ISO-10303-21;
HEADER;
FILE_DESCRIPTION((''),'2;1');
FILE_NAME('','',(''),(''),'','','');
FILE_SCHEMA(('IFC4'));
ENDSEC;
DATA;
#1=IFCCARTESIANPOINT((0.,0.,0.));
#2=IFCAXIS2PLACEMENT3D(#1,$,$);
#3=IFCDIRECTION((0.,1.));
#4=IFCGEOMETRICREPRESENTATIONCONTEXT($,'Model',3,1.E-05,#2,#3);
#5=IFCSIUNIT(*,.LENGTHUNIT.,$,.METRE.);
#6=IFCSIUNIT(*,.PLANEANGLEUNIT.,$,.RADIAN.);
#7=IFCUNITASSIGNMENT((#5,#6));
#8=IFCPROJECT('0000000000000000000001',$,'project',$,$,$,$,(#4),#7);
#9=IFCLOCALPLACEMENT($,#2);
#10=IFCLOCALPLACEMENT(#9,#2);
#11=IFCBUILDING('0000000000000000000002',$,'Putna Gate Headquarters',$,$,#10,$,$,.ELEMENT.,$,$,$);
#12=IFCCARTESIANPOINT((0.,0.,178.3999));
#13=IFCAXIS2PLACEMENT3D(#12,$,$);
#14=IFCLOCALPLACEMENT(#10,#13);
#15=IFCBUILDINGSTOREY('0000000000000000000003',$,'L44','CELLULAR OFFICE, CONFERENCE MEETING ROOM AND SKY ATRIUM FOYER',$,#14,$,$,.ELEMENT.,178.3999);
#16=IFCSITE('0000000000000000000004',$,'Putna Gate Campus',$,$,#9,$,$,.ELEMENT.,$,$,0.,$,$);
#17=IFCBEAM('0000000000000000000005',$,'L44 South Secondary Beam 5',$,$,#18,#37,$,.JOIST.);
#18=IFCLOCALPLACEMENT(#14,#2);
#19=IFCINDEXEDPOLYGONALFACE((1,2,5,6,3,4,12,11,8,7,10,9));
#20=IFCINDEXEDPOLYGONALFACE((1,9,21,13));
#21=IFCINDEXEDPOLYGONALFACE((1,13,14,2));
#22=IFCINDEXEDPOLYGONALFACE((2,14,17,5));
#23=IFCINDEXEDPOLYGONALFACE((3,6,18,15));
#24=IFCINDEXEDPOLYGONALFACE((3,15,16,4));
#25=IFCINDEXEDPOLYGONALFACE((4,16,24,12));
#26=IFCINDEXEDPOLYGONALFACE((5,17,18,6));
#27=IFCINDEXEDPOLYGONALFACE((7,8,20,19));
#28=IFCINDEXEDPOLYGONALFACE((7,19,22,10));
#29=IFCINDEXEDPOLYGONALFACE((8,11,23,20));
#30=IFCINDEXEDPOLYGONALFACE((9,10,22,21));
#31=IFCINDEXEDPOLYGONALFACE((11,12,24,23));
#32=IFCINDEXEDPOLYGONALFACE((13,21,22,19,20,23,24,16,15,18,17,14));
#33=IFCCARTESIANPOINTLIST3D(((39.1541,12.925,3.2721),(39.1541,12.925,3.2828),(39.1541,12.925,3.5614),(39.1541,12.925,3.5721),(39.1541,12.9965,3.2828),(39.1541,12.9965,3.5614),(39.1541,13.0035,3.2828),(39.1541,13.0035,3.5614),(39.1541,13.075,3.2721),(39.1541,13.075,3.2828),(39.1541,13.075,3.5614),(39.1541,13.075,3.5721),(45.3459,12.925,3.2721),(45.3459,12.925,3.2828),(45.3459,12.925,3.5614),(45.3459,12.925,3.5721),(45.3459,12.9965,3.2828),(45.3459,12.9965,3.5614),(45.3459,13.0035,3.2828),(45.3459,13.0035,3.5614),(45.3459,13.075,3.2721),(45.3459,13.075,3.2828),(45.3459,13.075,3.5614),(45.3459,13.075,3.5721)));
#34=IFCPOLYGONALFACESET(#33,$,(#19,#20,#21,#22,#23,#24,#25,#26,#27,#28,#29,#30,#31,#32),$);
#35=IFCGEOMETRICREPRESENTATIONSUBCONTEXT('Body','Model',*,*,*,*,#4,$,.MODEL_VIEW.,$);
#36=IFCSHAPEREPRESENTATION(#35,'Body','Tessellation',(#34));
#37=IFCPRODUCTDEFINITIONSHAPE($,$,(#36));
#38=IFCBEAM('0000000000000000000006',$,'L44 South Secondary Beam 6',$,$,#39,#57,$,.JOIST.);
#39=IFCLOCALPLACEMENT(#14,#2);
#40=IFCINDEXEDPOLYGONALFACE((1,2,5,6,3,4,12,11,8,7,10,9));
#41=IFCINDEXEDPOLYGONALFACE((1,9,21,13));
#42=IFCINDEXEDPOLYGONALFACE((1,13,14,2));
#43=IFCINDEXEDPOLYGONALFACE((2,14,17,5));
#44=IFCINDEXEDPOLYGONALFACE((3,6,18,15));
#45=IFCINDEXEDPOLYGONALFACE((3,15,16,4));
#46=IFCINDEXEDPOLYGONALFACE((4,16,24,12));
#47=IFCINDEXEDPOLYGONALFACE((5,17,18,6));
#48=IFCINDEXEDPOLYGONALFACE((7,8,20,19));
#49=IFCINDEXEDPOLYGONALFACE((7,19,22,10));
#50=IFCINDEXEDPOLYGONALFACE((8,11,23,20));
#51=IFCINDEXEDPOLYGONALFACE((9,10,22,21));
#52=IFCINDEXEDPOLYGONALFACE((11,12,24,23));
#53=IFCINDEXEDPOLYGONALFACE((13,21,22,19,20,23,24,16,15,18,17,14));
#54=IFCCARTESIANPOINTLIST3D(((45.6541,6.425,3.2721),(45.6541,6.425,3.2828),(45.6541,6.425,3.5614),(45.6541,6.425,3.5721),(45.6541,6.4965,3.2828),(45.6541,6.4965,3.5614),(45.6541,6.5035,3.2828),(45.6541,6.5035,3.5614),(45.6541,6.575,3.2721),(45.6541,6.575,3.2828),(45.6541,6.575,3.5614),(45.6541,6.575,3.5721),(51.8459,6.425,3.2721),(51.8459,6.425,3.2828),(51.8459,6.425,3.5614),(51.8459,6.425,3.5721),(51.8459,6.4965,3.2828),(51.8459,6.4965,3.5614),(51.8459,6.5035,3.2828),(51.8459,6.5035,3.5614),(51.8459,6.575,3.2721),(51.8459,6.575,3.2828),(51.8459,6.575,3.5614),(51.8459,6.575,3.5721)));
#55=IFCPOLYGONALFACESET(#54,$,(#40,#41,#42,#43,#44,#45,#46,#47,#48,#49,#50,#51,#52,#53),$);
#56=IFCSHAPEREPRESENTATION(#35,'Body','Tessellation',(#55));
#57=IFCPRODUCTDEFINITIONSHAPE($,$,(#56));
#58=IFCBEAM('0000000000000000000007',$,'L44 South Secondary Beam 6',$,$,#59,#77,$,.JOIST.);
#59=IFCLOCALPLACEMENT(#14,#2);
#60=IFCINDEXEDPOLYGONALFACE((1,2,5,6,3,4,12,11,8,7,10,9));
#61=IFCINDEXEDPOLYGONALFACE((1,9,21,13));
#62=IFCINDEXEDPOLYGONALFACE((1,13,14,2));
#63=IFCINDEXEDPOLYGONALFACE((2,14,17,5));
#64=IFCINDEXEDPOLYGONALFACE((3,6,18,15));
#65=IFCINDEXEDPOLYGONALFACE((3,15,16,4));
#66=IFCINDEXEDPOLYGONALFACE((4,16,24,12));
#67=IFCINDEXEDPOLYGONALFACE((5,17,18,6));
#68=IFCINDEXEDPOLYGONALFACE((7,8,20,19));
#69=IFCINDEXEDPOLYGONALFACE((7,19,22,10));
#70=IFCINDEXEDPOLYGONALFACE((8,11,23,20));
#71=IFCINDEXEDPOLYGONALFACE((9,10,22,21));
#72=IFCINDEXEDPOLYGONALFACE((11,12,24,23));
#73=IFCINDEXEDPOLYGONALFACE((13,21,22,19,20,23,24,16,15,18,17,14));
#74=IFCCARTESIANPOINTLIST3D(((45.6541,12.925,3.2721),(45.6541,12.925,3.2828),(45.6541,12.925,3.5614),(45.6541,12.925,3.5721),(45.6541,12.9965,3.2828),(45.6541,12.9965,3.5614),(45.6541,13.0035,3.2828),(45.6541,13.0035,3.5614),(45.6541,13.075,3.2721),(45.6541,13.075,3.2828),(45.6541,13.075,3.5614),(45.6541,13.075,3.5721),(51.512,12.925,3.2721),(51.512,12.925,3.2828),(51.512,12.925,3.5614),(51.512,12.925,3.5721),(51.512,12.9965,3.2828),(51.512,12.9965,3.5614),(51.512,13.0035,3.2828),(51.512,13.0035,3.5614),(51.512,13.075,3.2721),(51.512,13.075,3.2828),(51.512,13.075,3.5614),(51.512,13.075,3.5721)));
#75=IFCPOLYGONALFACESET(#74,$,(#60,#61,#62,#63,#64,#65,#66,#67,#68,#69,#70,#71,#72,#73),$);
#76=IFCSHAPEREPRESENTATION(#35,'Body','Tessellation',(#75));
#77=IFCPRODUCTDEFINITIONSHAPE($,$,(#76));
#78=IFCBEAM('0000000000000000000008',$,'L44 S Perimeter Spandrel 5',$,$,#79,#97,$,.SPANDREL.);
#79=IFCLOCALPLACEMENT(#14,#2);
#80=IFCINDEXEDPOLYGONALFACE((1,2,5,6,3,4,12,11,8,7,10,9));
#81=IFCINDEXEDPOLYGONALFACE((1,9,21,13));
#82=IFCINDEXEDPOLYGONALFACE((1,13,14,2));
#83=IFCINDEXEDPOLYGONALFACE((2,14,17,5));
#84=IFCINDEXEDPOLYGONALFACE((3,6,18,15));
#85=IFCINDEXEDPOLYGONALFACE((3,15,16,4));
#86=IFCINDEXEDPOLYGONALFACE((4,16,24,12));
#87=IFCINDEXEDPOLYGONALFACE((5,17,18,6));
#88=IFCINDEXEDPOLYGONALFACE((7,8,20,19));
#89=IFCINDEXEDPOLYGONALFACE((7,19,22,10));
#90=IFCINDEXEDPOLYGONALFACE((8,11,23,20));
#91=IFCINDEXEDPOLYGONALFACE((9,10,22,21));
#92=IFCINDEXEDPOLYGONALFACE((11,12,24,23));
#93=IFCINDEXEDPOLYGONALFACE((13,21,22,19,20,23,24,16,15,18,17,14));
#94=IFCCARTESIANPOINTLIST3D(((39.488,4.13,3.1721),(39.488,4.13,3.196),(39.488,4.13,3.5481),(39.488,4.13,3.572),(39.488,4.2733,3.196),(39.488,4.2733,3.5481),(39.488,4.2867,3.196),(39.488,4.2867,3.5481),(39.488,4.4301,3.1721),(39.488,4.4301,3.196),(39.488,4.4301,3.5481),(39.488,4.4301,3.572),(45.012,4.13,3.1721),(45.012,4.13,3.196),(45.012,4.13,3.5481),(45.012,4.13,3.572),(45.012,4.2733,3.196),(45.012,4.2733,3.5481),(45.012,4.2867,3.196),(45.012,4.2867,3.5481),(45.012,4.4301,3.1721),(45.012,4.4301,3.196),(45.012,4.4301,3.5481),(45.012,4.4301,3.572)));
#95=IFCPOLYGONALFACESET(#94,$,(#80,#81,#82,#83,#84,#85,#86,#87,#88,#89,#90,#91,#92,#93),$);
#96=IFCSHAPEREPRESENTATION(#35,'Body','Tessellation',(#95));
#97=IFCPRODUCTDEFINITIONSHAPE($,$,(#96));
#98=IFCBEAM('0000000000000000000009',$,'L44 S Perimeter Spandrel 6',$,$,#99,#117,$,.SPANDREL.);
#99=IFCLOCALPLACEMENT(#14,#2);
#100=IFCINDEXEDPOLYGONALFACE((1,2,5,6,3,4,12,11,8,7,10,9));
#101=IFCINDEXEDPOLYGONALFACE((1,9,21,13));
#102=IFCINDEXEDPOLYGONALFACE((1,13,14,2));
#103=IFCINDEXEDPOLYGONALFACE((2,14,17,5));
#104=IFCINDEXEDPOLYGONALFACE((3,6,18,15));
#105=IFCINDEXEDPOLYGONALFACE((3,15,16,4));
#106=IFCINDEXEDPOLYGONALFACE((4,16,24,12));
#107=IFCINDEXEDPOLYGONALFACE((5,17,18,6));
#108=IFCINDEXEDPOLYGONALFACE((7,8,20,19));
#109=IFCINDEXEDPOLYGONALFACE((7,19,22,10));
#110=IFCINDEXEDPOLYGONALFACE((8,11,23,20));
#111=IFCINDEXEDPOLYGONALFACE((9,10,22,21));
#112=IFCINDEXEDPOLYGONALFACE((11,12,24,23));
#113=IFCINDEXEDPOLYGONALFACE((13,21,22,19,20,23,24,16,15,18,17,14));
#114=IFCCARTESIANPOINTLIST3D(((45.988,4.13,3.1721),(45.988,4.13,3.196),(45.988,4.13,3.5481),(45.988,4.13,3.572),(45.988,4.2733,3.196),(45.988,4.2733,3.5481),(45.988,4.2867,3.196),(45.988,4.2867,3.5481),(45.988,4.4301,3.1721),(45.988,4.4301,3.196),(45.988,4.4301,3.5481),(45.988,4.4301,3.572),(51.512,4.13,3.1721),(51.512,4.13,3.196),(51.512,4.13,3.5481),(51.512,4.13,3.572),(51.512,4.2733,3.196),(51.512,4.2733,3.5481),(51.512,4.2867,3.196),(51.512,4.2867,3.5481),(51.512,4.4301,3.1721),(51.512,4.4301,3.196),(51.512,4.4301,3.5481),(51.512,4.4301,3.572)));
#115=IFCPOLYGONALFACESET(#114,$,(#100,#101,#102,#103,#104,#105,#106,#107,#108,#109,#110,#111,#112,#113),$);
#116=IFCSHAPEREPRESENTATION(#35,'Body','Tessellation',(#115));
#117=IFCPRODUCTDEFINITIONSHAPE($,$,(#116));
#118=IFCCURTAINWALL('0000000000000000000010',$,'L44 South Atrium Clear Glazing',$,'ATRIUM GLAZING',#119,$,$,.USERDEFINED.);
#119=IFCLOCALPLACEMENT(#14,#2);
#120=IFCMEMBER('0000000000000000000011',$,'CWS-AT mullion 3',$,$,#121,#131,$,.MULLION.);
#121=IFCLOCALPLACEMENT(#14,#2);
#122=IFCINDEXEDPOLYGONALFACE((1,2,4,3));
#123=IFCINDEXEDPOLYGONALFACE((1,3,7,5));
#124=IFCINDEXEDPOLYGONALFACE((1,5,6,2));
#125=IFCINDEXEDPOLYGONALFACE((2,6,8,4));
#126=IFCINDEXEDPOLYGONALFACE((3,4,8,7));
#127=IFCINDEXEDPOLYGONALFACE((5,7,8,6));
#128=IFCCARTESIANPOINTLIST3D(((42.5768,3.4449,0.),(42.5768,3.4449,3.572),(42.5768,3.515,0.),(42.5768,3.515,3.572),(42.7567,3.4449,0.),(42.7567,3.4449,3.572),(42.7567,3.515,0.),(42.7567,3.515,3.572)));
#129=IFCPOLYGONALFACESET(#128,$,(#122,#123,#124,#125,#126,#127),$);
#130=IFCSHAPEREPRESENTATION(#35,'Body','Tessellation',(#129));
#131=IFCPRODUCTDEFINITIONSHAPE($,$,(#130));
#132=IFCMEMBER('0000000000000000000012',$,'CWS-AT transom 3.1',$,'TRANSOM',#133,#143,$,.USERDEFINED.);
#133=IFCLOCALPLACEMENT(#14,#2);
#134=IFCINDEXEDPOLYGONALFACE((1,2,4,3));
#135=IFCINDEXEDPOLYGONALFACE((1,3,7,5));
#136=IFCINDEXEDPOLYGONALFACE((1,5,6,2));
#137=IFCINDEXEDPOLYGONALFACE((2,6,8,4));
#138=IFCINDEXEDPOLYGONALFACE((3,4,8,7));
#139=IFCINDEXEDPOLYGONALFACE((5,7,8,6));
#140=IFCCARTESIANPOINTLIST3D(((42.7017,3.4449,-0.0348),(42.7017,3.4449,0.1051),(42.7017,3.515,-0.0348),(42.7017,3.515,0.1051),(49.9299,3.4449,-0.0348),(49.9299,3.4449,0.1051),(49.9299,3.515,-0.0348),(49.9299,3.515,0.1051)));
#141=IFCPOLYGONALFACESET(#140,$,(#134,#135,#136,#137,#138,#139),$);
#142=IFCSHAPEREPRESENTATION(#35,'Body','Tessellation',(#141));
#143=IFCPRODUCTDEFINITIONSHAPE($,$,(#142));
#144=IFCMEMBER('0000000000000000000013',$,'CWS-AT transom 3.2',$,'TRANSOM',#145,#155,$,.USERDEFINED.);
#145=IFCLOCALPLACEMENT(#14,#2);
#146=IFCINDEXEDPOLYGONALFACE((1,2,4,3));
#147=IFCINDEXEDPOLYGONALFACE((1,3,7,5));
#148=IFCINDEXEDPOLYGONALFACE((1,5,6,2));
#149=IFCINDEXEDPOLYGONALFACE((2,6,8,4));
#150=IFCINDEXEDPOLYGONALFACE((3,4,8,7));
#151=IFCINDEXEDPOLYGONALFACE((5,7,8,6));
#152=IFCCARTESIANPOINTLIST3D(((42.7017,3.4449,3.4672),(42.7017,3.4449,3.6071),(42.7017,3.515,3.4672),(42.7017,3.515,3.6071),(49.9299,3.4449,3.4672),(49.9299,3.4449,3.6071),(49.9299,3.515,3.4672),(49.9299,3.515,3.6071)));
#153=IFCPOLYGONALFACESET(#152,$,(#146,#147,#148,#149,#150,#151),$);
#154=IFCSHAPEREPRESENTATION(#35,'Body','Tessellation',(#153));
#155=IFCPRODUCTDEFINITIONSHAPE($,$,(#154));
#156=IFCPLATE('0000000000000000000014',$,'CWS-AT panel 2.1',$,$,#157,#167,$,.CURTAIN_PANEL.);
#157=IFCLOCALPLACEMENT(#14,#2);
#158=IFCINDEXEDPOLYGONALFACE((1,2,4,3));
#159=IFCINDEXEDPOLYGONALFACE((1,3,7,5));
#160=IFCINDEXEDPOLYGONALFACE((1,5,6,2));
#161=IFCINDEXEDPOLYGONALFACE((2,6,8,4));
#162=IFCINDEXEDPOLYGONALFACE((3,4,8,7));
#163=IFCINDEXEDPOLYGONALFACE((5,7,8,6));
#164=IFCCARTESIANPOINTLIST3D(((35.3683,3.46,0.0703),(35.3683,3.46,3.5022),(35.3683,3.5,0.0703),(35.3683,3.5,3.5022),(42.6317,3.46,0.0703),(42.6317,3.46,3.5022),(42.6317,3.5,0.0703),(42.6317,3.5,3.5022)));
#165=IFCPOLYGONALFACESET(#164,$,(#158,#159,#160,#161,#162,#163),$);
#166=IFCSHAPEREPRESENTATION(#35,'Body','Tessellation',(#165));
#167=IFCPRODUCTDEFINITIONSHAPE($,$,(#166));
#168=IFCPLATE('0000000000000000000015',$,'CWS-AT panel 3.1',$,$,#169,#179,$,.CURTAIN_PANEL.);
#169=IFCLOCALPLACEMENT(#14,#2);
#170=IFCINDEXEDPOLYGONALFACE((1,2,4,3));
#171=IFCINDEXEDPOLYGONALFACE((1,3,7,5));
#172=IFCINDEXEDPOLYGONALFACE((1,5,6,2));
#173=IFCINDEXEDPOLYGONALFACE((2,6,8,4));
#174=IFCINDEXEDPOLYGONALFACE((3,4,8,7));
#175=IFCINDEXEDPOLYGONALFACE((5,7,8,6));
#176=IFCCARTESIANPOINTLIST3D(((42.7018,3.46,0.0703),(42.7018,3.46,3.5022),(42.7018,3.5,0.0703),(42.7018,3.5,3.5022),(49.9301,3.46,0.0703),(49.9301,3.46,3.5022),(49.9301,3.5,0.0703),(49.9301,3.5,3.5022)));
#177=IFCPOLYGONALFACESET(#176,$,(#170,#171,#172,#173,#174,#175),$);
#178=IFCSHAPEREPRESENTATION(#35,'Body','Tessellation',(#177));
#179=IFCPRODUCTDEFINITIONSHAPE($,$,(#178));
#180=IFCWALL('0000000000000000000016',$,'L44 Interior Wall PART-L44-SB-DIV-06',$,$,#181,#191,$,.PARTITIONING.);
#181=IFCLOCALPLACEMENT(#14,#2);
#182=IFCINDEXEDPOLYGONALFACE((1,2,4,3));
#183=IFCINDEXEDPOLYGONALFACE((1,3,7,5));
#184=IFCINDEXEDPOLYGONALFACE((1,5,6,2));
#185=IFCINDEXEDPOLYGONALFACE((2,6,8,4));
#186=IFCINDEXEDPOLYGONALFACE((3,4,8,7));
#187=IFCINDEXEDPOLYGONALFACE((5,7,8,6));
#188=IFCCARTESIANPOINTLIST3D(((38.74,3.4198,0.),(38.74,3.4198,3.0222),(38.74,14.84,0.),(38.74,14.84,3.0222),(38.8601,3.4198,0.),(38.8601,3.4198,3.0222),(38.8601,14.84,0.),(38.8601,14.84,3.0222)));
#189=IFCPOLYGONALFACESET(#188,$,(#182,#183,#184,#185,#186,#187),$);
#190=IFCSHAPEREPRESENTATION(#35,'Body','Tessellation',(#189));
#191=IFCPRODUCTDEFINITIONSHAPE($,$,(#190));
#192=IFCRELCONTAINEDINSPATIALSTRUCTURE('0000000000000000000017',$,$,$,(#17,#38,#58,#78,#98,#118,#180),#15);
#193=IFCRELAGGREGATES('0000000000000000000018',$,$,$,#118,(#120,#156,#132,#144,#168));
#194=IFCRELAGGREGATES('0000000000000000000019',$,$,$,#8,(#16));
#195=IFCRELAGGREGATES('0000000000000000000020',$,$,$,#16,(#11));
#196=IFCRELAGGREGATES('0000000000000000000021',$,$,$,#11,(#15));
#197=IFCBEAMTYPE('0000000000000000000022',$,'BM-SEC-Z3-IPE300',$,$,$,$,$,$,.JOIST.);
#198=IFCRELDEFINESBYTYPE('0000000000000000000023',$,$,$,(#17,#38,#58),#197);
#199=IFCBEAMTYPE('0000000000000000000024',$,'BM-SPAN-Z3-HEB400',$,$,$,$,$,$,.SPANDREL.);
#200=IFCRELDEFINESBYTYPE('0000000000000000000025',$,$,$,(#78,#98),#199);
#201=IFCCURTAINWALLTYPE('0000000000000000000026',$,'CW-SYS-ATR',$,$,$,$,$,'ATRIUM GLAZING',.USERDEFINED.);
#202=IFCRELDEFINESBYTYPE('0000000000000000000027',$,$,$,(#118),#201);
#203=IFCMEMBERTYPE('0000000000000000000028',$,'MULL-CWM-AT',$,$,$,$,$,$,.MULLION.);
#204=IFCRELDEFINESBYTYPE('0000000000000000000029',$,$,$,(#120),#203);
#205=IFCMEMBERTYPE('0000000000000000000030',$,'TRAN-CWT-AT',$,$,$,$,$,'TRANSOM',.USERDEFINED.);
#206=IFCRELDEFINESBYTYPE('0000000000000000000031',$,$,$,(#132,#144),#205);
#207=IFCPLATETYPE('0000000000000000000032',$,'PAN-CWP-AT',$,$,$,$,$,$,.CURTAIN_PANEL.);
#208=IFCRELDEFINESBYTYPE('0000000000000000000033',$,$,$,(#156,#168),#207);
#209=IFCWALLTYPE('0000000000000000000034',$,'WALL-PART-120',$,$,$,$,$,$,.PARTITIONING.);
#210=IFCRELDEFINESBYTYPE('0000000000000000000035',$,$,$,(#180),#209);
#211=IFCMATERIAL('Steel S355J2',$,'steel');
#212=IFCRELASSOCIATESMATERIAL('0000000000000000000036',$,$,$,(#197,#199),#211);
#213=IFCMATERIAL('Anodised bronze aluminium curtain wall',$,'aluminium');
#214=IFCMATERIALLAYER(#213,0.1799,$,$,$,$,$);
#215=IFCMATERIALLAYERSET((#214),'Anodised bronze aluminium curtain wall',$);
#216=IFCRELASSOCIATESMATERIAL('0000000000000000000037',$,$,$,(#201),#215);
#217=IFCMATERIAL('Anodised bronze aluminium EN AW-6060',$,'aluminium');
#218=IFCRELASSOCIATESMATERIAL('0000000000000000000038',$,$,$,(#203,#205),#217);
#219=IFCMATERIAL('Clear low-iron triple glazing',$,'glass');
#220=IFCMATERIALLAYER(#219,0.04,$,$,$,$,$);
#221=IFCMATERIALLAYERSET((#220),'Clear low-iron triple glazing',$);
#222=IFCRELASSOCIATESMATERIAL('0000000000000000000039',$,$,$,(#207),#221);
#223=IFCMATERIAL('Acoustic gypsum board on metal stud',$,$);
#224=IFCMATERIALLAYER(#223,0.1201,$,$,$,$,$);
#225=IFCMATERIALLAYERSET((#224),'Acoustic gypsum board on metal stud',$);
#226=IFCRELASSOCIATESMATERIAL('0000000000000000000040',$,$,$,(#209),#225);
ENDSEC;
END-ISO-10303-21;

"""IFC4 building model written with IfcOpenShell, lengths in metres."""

from ifc_helpers import new_model, si_unit, direction, frame, frame_2d, origin, origin_2d, place, context, subcontext, project, spatial, rectangle, i_section, extrude, material, layer, layer_set, material_profile, profile_set, type_object, element, aggregate, save


model = new_model("IFC4")

# Units and contexts
model_context = context("Model", 3, precision=1e-05, world=origin(), true_north=direction((0.0, 1.0)))
body_context = subcontext(model_context, "Body", "Model", "MODEL_VIEW")
ifc_project = project(units=[si_unit("LENGTHUNIT", "METRE"), si_unit("PLANEANGLEUNIT", "RADIAN")], contexts=[model_context])

# Site, building, storey
site_placement = place(None, origin())
site = spatial("IfcSite", under=ifc_project, at=site_placement, Name="Putna Gate Campus", CompositionType="ELEMENT", RefElevation=0.0)
building_placement = place(site_placement, origin())
building = spatial("IfcBuilding", under=site, at=building_placement, Name="Putna Gate Headquarters", CompositionType="ELEMENT")
storey_placement = place(building_placement, frame((0.0, 0.0, 178.3999)))
storey = spatial("IfcBuildingStorey", under=building, at=storey_placement, Name="L44", Description="CELLULAR OFFICE, CONFERENCE MEETING ROOM AND SKY ATRIUM FOYER", CompositionType="ELEMENT", Elevation=178.3999)

# Beams
ifc_material_1 = material(Name="Steel S355J2", Category="steel")
ifc_material_profile_1 = material_profile(ifc_material_1, i_section(OverallWidth=0.1499, OverallDepth=0.3, WebThickness=0.0071, FlangeThickness=0.0107, at=origin_2d()), Name="Steel S355J2")
ifc_profile_set_1 = profile_set([ifc_material_profile_1], Name="Steel S355J2")
beam_type_1 = type_object("IfcBeamType", Name="BM-SEC-Z3-IPE300", PredefinedType="JOIST", material=ifc_profile_set_1)
for number, where, z_axis, x_axis, name in (
    (1, (39.1541, 13.0, 3.4221), (1.0, 0.0, 0.0), (0.0, 1.0, 0.0), "L44 South Secondary Beam 5"),
    (2, (45.6541, 6.5, 3.4221), (1.0, 0.0, 0.0), (0.0, 1.0, 0.0), "L44 South Secondary Beam 6"),
):
    element("IfcBeam", number, at=place(storey_placement, frame(where, z_axis=z_axis, x_axis=x_axis)), inside=storey, type_object=beam_type_1, Name=name, PredefinedType="JOIST", context=body_context, shape_type="SweptSolid", body=[
        extrude(i_section(OverallWidth=0.1499, OverallDepth=0.3, WebThickness=0.0071, FlangeThickness=0.0107, at=origin_2d()), origin(), (0.0, 0.0, 1.0), 6.1919),
    ])
beam_1_placement = place(storey_placement, frame((45.6541, 13.0, 3.4221), z_axis=(1.0, 0.0, 0.0), x_axis=(0.0, 1.0, 0.0)))
element("IfcBeam", 3, at=beam_1_placement, inside=storey, type_object=beam_type_1, Name="L44 South Secondary Beam 6", PredefinedType="JOIST", context=body_context, shape_type="SweptSolid", body=[
    extrude(i_section(OverallWidth=0.1499, OverallDepth=0.3, WebThickness=0.0071, FlangeThickness=0.0107, at=origin_2d()), origin(), (0.0, 0.0, 1.0), 5.8579),
])
ifc_material_profile_2 = material_profile(ifc_material_1, i_section(OverallWidth=0.3, OverallDepth=0.3999, WebThickness=0.0134, FlangeThickness=0.0239, at=origin_2d()), Name="Steel S355J2")
ifc_profile_set_2 = profile_set([ifc_material_profile_2], Name="Steel S355J2")
beam_type_2 = type_object("IfcBeamType", Name="BM-SPAN-Z3-HEB400", PredefinedType="SPANDREL", material=ifc_profile_set_2)
for number, where, z_axis, x_axis, name in (
    (4, (39.488, 4.28, 3.3721), (1.0, 0.0, 0.0), (0.0, 1.0, 0.0), "L44 S Perimeter Spandrel 5"),
    (5, (45.988, 4.28, 3.3721), (1.0, 0.0, 0.0), (0.0, 1.0, 0.0), "L44 S Perimeter Spandrel 6"),
):
    element("IfcBeam", number, at=place(storey_placement, frame(where, z_axis=z_axis, x_axis=x_axis)), inside=storey, type_object=beam_type_2, Name=name, PredefinedType="SPANDREL", context=body_context, shape_type="SweptSolid", body=[
        extrude(i_section(OverallWidth=0.3, OverallDepth=0.3999, WebThickness=0.0134, FlangeThickness=0.0239, at=origin_2d()), origin(), (0.0, 0.0, 1.0), 5.5239),
    ])

# Curtain wall, members, plates
ifc_material_2 = material(Name="Anodised bronze aluminium curtain wall", Category="aluminium")
ifc_layer_1 = layer(ifc_material_2, 0.1799)
ifc_layer_set_1 = layer_set([ifc_layer_1], Name="Anodised bronze aluminium curtain wall")
curtain_wall_type = type_object("IfcCurtainWallType", Name="CW-SYS-ATR", ElementType="ATRIUM GLAZING", PredefinedType="USERDEFINED", material=ifc_layer_set_1)
curtain_wall_placement = place(storey_placement, origin())
curtain_wall = element("IfcCurtainWall", 6, at=curtain_wall_placement, inside=storey, type_object=curtain_wall_type, Name="L44 South Atrium Clear Glazing", ObjectType="ATRIUM GLAZING", PredefinedType="USERDEFINED")
ifc_material_3 = material(Name="Anodised bronze aluminium EN AW-6060", Category="aluminium")
ifc_material_profile_3 = material_profile(ifc_material_3, rectangle(XDim=0.0701, YDim=0.1799, at=origin_2d()), Name="Anodised bronze aluminium EN AW-6060")
ifc_profile_set_3 = profile_set([ifc_material_profile_3], Name="Anodised bronze aluminium EN AW-6060")
member_type_1 = type_object("IfcMemberType", Name="MULL-CWM-AT", PredefinedType="MULLION", material=ifc_profile_set_3)
member_1_placement = place(storey_placement, frame((42.6667, 3.48, 0.0), z_axis=(0.0, 0.0, 1.0), x_axis=(0.0, 1.0, 0.0)))
member_1 = element("IfcMember", 7, at=member_1_placement, type_object=member_type_1, Name="CWS-AT mullion 3", PredefinedType="MULLION", context=body_context, shape_type="SweptSolid", body=[
    extrude(rectangle(XDim=0.0701, YDim=0.1799, at=origin_2d()), origin(), (0.0, 0.0, 1.0), 3.572),
])
ifc_material_profile_4 = material_profile(ifc_material_3, rectangle(XDim=0.0701, YDim=0.1399, at=origin_2d()), Name="Anodised bronze aluminium EN AW-6060")
ifc_profile_set_4 = profile_set([ifc_material_profile_4], Name="Anodised bronze aluminium EN AW-6060")
member_type_2 = type_object("IfcMemberType", Name="TRAN-CWT-AT", ElementType="TRANSOM", PredefinedType="USERDEFINED", material=ifc_profile_set_4)
member_2_placement = place(storey_placement, frame((42.7017, 3.48, 0.0352), z_axis=(1.0, 0.0, 0.0), x_axis=(0.0, 1.0, 0.0)))
member_2 = element("IfcMember", 8, at=member_2_placement, type_object=member_type_2, Name="CWS-AT transom 3.1", ObjectType="TRANSOM", PredefinedType="USERDEFINED", context=body_context, shape_type="SweptSolid", body=[
    extrude(rectangle(XDim=0.0701, YDim=0.1399, at=origin_2d()), origin(), (0.0, 0.0, 1.0), 7.2283),
])
member_3_placement = place(storey_placement, frame((42.7017, 3.48, 3.5371), z_axis=(1.0, 0.0, 0.0), x_axis=(0.0, 1.0, 0.0)))
member_3 = element("IfcMember", 9, at=member_3_placement, type_object=member_type_2, Name="CWS-AT transom 3.2", ObjectType="TRANSOM", PredefinedType="USERDEFINED", context=body_context, shape_type="SweptSolid", body=[
    extrude(rectangle(XDim=0.0701, YDim=0.1399, at=origin_2d()), origin(), (0.0, 0.0, 1.0), 7.2283),
])
ifc_material_4 = material(Name="Clear low-iron triple glazing", Category="glass")
ifc_layer_2 = layer(ifc_material_4, 0.04)
ifc_layer_set_2 = layer_set([ifc_layer_2], Name="Clear low-iron triple glazing")
plate_type = type_object("IfcPlateType", Name="PAN-CWP-AT", PredefinedType="CURTAIN_PANEL", material=ifc_layer_set_2)
plate_1_placement = place(storey_placement, frame((39.0, 3.48, 0.0703), z_axis=(0.0, 0.0, 1.0), x_axis=(1.0, 0.0, 0.0)))
plate_1 = element("IfcPlate", 10, at=plate_1_placement, type_object=plate_type, Name="CWS-AT panel 2.1", PredefinedType="CURTAIN_PANEL", context=body_context, shape_type="SweptSolid", body=[
    extrude(rectangle(XDim=7.2634, YDim=0.04, at=origin_2d()), origin(), (0.0, 0.0, 1.0), 3.4319),
])
plate_2_placement = place(storey_placement, frame((46.3159, 3.48, 0.0703), z_axis=(0.0, 0.0, 1.0), x_axis=(1.0, 0.0, 0.0)))
plate_2 = element("IfcPlate", 11, at=plate_2_placement, type_object=plate_type, Name="CWS-AT panel 3.1", PredefinedType="CURTAIN_PANEL", context=body_context, shape_type="SweptSolid", body=[
    extrude(rectangle(XDim=7.2283, YDim=0.04, at=origin_2d()), origin(), (0.0, 0.0, 1.0), 3.4319),
])
aggregate(curtain_wall, [member_1, plate_1, member_2, member_3, plate_2])

# Wall
ifc_material_5 = material(Name="Acoustic gypsum board on metal stud")
ifc_layer_3 = layer(ifc_material_5, 0.1201)
ifc_layer_set_3 = layer_set([ifc_layer_3], Name="Acoustic gypsum board on metal stud")
wall_type_1 = type_object("IfcWallType", Name="WALL-PART-120", PredefinedType="PARTITIONING", material=ifc_layer_set_3)
wall_1_placement = place(storey_placement, frame((38.8, 3.4199, 0.0), z_axis=(0.0, 0.0, 1.0), x_axis=(0.0, 1.0, 0.0)))
element("IfcWall", 12, at=wall_1_placement, inside=storey, type_object=wall_type_1, Name="L44 Interior Wall PART-L44-SB-DIV-06", PredefinedType="PARTITIONING", context=body_context, shape_type="SweptSolid", body=[
    extrude(rectangle(XDim=11.4202, YDim=0.1201, at=frame_2d((5.71, 0.0))), origin(), (0.0, 0.0, 1.0), 3.0222),
])

save(model, "model.ifc")
